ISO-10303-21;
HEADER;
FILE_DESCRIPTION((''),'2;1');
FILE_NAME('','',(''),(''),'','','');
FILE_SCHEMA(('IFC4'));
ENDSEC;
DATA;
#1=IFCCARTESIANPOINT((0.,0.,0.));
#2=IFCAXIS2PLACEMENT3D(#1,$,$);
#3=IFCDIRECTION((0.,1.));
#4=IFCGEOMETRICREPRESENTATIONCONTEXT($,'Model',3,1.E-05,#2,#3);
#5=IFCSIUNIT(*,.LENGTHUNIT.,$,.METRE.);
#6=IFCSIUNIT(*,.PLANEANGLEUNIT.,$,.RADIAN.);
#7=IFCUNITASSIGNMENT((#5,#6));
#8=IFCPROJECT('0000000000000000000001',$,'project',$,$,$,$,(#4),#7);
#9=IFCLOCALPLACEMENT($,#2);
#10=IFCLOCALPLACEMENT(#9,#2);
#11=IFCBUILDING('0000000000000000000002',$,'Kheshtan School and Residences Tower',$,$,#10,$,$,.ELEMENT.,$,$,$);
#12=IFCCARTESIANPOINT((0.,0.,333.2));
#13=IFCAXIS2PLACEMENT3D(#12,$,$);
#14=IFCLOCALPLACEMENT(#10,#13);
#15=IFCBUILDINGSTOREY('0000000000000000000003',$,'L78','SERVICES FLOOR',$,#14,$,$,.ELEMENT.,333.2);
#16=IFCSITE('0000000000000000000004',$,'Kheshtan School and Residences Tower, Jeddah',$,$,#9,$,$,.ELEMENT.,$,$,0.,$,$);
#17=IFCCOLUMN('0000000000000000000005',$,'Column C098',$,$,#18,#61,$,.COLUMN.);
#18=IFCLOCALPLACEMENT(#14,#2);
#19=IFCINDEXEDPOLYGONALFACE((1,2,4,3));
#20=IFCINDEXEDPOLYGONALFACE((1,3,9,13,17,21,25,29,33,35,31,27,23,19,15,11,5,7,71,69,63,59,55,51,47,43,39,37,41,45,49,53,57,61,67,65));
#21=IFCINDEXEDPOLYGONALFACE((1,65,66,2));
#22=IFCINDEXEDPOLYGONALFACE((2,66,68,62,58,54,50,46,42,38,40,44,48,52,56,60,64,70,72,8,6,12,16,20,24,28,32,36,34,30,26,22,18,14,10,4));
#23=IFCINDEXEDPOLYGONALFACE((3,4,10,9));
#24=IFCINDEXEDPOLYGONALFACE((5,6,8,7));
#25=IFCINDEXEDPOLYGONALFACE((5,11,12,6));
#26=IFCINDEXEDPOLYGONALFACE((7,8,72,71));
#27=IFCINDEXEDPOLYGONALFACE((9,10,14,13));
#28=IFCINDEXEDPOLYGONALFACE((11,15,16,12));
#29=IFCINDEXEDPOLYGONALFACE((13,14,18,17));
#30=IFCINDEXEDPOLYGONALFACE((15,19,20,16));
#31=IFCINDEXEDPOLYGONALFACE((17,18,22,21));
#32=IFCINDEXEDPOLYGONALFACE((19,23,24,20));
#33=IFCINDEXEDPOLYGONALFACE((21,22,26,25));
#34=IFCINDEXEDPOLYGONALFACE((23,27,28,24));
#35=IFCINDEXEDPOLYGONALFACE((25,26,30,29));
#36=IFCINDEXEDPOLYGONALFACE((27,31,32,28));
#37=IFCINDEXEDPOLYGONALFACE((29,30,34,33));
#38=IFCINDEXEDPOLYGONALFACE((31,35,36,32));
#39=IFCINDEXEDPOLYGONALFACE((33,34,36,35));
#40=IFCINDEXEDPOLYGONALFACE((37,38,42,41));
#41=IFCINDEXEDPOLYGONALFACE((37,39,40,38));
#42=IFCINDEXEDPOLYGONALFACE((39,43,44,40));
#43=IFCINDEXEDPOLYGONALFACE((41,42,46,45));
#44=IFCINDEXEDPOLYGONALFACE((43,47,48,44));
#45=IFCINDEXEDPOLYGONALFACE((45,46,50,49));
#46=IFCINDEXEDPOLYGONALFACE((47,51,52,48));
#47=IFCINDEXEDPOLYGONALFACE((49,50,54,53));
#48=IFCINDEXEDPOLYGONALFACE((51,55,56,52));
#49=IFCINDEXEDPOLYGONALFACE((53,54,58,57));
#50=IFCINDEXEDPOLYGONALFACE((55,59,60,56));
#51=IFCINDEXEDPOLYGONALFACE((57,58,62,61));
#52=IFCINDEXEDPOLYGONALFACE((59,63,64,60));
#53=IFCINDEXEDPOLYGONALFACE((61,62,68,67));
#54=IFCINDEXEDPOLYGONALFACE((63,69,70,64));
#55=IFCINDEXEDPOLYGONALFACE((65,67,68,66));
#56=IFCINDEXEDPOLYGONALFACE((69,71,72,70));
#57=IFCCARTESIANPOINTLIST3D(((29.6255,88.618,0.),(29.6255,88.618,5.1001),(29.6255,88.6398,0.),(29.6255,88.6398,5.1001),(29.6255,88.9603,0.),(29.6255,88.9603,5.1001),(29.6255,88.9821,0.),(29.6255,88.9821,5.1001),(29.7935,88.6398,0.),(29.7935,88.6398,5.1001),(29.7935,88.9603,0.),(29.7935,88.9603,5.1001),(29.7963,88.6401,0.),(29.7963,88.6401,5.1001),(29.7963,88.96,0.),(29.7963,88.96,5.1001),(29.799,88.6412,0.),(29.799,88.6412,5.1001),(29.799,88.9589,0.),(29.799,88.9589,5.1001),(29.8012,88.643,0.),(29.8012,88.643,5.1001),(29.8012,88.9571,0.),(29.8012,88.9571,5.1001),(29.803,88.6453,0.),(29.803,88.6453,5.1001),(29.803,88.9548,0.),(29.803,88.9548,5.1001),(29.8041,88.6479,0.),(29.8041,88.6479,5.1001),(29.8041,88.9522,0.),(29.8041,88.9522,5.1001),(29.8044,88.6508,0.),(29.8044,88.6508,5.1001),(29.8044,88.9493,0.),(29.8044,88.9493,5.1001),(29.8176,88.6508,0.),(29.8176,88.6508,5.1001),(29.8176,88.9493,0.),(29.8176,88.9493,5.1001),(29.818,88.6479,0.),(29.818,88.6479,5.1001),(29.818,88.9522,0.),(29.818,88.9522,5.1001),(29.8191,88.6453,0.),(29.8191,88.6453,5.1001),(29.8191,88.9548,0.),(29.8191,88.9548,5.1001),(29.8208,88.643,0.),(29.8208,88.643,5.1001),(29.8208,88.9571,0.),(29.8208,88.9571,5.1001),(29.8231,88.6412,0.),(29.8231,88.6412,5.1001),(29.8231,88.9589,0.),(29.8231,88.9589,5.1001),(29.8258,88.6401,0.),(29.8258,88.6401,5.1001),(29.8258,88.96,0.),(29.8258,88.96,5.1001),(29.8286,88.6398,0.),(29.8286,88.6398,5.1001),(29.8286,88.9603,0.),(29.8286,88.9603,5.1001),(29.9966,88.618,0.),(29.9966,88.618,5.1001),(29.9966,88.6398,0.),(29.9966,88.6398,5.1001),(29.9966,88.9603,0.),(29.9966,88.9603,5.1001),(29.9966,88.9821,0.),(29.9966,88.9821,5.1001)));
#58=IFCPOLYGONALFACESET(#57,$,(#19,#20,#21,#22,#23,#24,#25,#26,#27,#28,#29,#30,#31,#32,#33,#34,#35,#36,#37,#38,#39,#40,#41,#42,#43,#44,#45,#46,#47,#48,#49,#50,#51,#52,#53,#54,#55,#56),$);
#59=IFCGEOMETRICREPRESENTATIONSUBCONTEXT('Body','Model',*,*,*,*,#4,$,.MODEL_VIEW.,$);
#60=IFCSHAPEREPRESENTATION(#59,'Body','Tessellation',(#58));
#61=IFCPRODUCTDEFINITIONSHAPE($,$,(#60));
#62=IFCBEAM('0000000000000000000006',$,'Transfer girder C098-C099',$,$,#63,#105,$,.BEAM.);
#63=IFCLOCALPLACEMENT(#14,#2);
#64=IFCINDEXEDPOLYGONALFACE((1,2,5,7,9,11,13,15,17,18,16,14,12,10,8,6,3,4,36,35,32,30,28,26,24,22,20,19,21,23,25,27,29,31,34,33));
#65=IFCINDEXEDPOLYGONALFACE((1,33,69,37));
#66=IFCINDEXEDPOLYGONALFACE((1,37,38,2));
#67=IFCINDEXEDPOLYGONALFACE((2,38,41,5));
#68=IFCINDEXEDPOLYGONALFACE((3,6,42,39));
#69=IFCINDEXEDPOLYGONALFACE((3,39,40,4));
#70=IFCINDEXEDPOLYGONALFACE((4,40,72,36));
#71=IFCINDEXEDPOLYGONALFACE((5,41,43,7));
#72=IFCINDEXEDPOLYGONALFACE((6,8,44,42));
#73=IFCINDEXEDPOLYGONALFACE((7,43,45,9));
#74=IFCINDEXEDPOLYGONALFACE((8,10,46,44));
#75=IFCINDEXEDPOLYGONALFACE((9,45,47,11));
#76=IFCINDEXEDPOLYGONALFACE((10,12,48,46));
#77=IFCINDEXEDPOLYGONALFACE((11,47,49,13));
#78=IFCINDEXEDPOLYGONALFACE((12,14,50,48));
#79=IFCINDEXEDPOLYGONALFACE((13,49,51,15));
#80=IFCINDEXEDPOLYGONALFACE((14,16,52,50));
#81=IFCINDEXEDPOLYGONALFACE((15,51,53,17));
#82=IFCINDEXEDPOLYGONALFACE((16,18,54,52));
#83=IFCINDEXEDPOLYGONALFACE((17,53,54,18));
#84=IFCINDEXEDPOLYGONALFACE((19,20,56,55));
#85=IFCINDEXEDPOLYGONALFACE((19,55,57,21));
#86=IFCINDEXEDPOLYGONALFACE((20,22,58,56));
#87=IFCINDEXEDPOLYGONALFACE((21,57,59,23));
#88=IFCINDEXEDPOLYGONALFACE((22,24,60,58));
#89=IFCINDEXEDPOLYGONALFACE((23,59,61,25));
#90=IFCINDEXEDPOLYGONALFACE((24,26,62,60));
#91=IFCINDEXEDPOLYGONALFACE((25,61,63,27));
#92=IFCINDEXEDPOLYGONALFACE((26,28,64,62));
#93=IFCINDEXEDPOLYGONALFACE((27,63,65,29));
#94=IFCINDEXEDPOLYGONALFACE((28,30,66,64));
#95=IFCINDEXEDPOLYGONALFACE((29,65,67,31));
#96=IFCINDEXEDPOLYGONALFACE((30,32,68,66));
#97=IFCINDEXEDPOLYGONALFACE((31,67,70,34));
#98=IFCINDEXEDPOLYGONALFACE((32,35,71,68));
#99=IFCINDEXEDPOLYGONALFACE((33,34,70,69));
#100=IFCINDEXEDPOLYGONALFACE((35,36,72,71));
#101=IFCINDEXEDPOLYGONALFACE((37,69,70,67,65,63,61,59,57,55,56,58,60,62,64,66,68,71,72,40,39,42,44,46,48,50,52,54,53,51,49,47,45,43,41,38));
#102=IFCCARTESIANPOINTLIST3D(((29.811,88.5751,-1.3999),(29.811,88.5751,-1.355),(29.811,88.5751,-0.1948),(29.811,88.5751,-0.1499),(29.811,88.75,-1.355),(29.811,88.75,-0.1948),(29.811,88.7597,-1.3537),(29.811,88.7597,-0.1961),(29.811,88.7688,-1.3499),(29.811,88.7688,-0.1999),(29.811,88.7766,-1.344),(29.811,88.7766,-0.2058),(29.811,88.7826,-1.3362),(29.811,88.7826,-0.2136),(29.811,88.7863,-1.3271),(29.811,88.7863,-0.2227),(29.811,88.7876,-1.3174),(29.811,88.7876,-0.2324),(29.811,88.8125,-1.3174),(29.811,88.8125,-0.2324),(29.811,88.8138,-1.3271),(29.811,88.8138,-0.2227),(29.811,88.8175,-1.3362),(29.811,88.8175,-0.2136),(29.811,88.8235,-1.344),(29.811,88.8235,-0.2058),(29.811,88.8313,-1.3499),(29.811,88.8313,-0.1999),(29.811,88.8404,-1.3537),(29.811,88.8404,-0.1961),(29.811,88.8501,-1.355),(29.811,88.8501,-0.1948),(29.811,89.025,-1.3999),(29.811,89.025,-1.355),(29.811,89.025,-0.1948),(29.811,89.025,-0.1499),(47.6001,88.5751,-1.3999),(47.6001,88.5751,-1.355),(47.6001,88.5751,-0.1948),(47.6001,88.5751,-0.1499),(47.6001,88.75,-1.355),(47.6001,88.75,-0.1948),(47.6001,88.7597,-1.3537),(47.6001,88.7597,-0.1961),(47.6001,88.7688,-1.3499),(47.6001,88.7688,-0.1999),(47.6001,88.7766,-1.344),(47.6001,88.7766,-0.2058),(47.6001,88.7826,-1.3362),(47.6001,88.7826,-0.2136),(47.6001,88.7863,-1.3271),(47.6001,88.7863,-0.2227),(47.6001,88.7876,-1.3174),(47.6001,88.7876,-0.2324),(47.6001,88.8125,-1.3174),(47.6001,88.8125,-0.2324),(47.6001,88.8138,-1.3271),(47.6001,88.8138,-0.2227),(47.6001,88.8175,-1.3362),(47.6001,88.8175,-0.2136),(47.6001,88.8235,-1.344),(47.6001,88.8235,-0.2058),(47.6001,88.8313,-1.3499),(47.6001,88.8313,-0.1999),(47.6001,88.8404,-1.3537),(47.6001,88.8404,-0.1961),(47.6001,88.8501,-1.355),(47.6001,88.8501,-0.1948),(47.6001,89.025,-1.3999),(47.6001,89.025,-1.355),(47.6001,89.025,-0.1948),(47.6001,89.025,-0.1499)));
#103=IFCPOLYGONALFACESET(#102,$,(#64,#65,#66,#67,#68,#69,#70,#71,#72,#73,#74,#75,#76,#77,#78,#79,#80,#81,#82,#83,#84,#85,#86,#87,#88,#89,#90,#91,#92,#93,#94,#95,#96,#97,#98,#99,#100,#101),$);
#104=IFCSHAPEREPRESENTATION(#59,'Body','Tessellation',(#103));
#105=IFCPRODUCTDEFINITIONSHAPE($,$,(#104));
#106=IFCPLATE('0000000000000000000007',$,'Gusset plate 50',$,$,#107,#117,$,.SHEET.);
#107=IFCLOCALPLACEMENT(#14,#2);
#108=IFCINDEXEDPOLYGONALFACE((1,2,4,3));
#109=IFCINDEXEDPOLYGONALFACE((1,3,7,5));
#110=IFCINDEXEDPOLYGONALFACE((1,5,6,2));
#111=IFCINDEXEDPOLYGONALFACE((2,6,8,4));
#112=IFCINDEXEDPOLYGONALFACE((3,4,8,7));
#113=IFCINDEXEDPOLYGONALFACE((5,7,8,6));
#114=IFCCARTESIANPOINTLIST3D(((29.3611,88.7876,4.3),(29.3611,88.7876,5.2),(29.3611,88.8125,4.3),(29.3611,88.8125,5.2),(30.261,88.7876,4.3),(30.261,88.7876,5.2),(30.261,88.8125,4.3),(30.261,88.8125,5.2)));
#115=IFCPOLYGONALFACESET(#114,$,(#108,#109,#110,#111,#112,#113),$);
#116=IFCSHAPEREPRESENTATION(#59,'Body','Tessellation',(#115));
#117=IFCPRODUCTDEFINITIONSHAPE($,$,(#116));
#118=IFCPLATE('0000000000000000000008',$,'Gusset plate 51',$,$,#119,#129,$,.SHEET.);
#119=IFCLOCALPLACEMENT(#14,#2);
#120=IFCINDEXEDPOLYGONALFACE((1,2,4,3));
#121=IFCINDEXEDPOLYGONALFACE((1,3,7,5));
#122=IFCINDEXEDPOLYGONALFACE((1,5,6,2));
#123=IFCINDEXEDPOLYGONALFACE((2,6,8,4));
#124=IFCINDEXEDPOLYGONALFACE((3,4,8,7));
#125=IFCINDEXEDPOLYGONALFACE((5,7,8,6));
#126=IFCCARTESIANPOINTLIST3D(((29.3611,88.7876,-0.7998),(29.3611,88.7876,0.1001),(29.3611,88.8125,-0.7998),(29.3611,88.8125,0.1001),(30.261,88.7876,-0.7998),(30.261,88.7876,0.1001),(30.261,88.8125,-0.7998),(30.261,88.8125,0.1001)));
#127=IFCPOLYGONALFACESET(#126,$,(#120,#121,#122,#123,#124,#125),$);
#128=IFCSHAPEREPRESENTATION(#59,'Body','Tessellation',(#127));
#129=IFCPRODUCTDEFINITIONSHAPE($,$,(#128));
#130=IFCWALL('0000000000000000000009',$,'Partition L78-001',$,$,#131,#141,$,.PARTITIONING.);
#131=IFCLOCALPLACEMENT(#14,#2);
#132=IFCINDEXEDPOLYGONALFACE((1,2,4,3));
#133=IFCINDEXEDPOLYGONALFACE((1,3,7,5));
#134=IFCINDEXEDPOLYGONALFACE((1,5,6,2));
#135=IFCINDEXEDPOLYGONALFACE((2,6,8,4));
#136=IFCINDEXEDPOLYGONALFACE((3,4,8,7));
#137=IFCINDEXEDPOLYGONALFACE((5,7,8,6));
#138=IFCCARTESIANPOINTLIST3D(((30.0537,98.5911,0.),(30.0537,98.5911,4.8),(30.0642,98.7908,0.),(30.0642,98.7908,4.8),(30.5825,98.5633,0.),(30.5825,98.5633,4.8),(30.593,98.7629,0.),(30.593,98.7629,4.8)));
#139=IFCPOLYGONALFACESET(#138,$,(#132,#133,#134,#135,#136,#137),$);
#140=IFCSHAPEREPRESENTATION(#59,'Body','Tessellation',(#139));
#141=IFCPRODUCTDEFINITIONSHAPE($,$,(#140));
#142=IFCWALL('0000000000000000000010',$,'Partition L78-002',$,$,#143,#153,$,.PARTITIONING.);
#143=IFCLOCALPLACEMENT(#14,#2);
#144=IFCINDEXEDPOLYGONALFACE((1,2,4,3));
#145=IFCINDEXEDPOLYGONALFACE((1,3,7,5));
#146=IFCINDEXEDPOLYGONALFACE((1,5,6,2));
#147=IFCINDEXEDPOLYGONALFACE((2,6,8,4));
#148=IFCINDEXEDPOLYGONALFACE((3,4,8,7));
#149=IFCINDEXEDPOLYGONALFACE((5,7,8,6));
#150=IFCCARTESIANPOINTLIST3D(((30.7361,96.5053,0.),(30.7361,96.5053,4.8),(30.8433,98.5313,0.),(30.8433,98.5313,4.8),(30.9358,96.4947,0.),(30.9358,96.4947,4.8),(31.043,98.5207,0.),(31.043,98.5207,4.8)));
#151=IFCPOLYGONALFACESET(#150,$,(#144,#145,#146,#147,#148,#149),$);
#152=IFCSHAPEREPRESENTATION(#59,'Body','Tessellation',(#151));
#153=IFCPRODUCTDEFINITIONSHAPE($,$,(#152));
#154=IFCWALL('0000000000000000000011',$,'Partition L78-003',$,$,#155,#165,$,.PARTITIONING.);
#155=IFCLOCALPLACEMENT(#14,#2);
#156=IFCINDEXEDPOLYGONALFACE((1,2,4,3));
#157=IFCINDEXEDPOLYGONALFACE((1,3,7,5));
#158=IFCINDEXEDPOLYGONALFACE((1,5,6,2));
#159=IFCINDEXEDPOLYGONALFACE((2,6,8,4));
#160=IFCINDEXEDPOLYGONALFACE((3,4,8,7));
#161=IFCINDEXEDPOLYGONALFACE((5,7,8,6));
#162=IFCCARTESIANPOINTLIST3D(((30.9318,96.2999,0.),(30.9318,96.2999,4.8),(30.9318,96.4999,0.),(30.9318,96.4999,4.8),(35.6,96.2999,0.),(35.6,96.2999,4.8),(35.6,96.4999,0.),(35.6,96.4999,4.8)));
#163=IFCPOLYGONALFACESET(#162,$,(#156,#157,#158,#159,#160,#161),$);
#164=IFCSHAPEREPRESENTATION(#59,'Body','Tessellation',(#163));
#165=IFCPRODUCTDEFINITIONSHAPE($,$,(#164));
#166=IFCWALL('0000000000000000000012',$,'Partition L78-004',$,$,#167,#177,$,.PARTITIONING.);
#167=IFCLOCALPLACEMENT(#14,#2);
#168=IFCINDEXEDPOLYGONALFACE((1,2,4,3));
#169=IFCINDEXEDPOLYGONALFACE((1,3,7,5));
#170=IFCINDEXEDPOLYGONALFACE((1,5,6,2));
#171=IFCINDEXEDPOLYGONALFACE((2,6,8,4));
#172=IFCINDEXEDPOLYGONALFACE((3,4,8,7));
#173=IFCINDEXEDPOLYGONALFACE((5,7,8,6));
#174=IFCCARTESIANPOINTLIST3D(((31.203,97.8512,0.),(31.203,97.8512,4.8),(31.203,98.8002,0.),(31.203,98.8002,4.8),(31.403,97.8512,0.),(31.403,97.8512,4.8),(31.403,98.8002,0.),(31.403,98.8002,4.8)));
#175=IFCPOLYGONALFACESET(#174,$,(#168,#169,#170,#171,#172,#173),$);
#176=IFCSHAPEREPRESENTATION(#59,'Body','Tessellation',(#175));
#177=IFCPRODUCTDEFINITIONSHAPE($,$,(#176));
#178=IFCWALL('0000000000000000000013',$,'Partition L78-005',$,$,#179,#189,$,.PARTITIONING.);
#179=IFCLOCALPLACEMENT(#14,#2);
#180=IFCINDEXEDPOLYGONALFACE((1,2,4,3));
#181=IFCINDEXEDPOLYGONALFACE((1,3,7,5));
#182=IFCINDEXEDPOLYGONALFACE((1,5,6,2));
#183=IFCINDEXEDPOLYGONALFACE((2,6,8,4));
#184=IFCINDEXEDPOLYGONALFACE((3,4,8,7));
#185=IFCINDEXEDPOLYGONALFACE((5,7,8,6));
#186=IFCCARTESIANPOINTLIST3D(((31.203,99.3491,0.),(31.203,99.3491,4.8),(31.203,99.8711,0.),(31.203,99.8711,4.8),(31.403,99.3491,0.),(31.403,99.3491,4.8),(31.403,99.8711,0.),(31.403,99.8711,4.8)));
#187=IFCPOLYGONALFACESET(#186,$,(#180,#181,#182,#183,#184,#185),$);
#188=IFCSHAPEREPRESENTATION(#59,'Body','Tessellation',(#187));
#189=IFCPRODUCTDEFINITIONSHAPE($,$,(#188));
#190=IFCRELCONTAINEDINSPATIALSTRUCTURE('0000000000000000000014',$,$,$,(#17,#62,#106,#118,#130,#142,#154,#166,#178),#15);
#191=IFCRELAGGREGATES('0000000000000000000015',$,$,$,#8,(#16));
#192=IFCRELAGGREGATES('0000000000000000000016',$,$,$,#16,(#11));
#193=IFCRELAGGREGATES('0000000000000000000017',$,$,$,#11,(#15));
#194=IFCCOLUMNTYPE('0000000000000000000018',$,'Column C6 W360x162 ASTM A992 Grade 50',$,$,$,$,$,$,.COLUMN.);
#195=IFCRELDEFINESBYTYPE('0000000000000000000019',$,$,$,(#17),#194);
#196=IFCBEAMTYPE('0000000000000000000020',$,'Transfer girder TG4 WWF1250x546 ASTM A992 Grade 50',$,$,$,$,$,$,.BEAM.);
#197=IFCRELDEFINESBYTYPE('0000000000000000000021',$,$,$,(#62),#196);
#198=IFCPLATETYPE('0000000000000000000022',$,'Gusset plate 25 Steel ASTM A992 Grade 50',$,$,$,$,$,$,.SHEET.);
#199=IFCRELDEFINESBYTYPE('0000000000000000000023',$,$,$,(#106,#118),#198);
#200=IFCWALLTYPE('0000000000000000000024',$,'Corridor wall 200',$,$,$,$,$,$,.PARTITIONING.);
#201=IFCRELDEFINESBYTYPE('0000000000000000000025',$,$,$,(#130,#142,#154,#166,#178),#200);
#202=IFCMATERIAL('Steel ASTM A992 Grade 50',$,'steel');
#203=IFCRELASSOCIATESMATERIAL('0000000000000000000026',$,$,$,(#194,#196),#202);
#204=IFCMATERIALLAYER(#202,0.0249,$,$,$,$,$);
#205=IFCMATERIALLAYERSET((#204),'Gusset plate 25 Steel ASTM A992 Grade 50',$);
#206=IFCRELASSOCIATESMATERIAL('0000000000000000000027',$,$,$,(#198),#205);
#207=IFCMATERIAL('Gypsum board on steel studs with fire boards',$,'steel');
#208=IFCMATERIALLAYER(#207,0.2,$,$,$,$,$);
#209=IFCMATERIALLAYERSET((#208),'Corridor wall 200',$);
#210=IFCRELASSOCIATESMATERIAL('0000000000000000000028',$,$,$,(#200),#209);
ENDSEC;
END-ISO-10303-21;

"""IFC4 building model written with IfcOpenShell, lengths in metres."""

from ifc_helpers import new_model, si_unit, direction, frame, frame_2d, origin, origin_2d, place, context, subcontext, project, spatial, rectangle, i_section, extrude, material, layer, layer_set, material_profile, profile_set, type_object, element, save


model = new_model("IFC4")

# Units and contexts
model_context = context("Model", 3, precision=1e-05, world=origin(), true_north=direction((0.0, 1.0)))
body_context = subcontext(model_context, "Body", "Model", "MODEL_VIEW")
ifc_project = project(units=[si_unit("LENGTHUNIT", "METRE"), si_unit("PLANEANGLEUNIT", "RADIAN")], contexts=[model_context])

# Site, building, storey
site_placement = place(None, origin())
site = spatial("IfcSite", under=ifc_project, at=site_placement, Name="Kheshtan School and Residences Tower, Jeddah", CompositionType="ELEMENT", RefElevation=0.0)
building_placement = place(site_placement, origin())
building = spatial("IfcBuilding", under=site, at=building_placement, Name="Kheshtan School and Residences Tower", CompositionType="ELEMENT")
storey_placement = place(building_placement, frame((0.0, 0.0, 333.2)))
storey = spatial("IfcBuildingStorey", under=building, at=storey_placement, Name="L78", Description="SERVICES FLOOR", CompositionType="ELEMENT", Elevation=333.2)

# Column
ifc_material_1 = material(Name="Steel ASTM A992 Grade 50", Category="steel")
ifc_material_profile_1 = material_profile(ifc_material_1, i_section(OverallWidth=0.3711, OverallDepth=0.364, WebThickness=0.0132, FlangeThickness=0.0217, FilletRadius=0.011, at=origin_2d()), Name="W360x162")
ifc_profile_set_1 = profile_set([ifc_material_profile_1], Name="Steel ASTM A992 Grade 50")
column_type = type_object("IfcColumnType", Name="Column C6 W360x162 ASTM A992 Grade 50", PredefinedType="COLUMN", material=ifc_profile_set_1)
column_placement = place(storey_placement, frame((29.811, 88.8, 0.0), z_axis=(0.0, 0.0, 1.0), x_axis=(1.0, 0.0, 0.0)))
element("IfcColumn", 1, at=column_placement, inside=storey, type_object=column_type, Name="Column C098", PredefinedType="COLUMN", context=body_context, shape_type="SweptSolid", body=[
    extrude(i_section(OverallWidth=0.3711, OverallDepth=0.364, WebThickness=0.0132, FlangeThickness=0.0217, FilletRadius=0.011, at=origin_2d()), origin(), (0.0, 0.0, 1.0), 5.1001),
])

# Beam
ifc_material_profile_2 = material_profile(ifc_material_1, i_section(OverallWidth=0.45, OverallDepth=1.25, WebThickness=0.0249, FlangeThickness=0.0449, FilletRadius=0.0376, at=origin_2d()), Name="WWF1250x546")
ifc_profile_set_2 = profile_set([ifc_material_profile_2], Name="Steel ASTM A992 Grade 50")
beam_type = type_object("IfcBeamType", Name="Transfer girder TG4 WWF1250x546 ASTM A992 Grade 50", PredefinedType="BEAM", material=ifc_profile_set_2)
beam_placement = place(storey_placement, frame((29.811, 88.8, -0.7749), z_axis=(1.0, 0.0, 0.0), x_axis=(0.0, 1.0, 0.0)))
element("IfcBeam", 2, at=beam_placement, inside=storey, type_object=beam_type, Name="Transfer girder C098-C099", PredefinedType="BEAM", context=body_context, shape_type="SweptSolid", body=[
    extrude(i_section(OverallWidth=0.45, OverallDepth=1.25, WebThickness=0.0249, FlangeThickness=0.0449, FilletRadius=0.0376, at=origin_2d()), origin(), (0.0, 0.0, 1.0), 17.7891),
])

# Plates
ifc_layer_1 = layer(ifc_material_1, 0.0249)
ifc_layer_set_1 = layer_set([ifc_layer_1], Name="Gusset plate 25 Steel ASTM A992 Grade 50")
plate_type = type_object("IfcPlateType", Name="Gusset plate 25 Steel ASTM A992 Grade 50", PredefinedType="SHEET", material=ifc_layer_set_1)
for number, where, z_axis, x_axis, name in (
    (3, (29.811, 88.8, 4.3), (0.0, 0.0, 1.0), (1.0, 0.0, 0.0), "Gusset plate 50"),
    (4, (29.811, 88.8, -0.7998), (0.0, 0.0, 1.0), (1.0, 0.0, 0.0), "Gusset plate 51"),
):
    element("IfcPlate", number, at=place(storey_placement, frame(where, z_axis=z_axis, x_axis=x_axis)), inside=storey, type_object=plate_type, Name=name, PredefinedType="SHEET", context=body_context, shape_type="SweptSolid", body=[
        extrude(rectangle(XDim=0.8999, YDim=0.0249, at=origin_2d()), origin(), (0.0, 0.0, 1.0), 0.8999),
    ])

# Walls
ifc_material_2 = material(Name="Gypsum board on steel studs with fire boards", Category="steel")
ifc_layer_2 = layer(ifc_material_2, 0.2)
ifc_layer_set_2 = layer_set([ifc_layer_2], Name="Corridor wall 200")
wall_type_1 = type_object("IfcWallType", Name="Corridor wall 200", PredefinedType="PARTITIONING", material=ifc_layer_set_2)
wall_1_placement = place(storey_placement, frame((30.0591, 98.6909, 0.0), z_axis=(0.0, 0.0, 1.0), x_axis=(0.998618, -0.052559, 0.0)))
element("IfcWall", 5, at=wall_1_placement, inside=storey, type_object=wall_type_1, Name="Partition L78-001", PredefinedType="PARTITIONING", context=body_context, shape_type="SweptSolid", body=[
    extrude(rectangle(XDim=0.5295, YDim=0.2, at=frame_2d((0.2646, 0.0))), origin(), (0.0, 0.0, 1.0), 4.8),
])
wall_2_placement = place(storey_placement, frame((30.8359, 96.5, 0.0), z_axis=(0.0, 0.0, 1.0), x_axis=(0.05283, 0.998603, 0.0)))
element("IfcWall", 6, at=wall_2_placement, inside=storey, type_object=wall_type_1, Name="Partition L78-002", PredefinedType="PARTITIONING", context=body_context, shape_type="SweptSolid", body=[
    extrude(rectangle(XDim=2.0288, YDim=0.2, at=frame_2d((1.0144, 0.0))), origin(), (0.0, 0.0, 1.0), 4.8),
])
wall_3_placement = place(storey_placement, frame((30.9319, 96.3999, 0.0), z_axis=(0.0, 0.0, 1.0), x_axis=(1.0, 0.0, 0.0)))
element("IfcWall", 7, at=wall_3_placement, inside=storey, type_object=wall_type_1, Name="Partition L78-003", PredefinedType="PARTITIONING", context=body_context, shape_type="SweptSolid", body=[
    extrude(rectangle(XDim=4.6682, YDim=0.2, at=frame_2d((2.334, 0.0))), origin(), (0.0, 0.0, 1.0), 4.8),
])
wall_4_placement = place(storey_placement, frame((31.303, 97.8511, 0.0), z_axis=(0.0, 0.0, 1.0), x_axis=(0.0, 1.0, 0.0)))
element("IfcWall", 8, at=wall_4_placement, inside=storey, type_object=wall_type_1, Name="Partition L78-004", PredefinedType="PARTITIONING", context=body_context, shape_type="SweptSolid", body=[
    extrude(rectangle(XDim=0.949, YDim=0.2, at=frame_2d((0.4746, 0.0))), origin(), (0.0, 0.0, 1.0), 4.8),
])
wall_5_placement = place(storey_placement, frame((31.303, 99.3491, 0.0), z_axis=(0.0, 0.0, 1.0), x_axis=(0.0, 1.0, 0.0)))
element("IfcWall", 9, at=wall_5_placement, inside=storey, type_object=wall_type_1, Name="Partition L78-005", PredefinedType="PARTITIONING", context=body_context, shape_type="SweptSolid", body=[
    extrude(rectangle(XDim=0.522, YDim=0.2, at=frame_2d((0.261, 0.0))), origin(), (0.0, 0.0, 1.0), 4.8),
])

save(model, "model.ifc")
